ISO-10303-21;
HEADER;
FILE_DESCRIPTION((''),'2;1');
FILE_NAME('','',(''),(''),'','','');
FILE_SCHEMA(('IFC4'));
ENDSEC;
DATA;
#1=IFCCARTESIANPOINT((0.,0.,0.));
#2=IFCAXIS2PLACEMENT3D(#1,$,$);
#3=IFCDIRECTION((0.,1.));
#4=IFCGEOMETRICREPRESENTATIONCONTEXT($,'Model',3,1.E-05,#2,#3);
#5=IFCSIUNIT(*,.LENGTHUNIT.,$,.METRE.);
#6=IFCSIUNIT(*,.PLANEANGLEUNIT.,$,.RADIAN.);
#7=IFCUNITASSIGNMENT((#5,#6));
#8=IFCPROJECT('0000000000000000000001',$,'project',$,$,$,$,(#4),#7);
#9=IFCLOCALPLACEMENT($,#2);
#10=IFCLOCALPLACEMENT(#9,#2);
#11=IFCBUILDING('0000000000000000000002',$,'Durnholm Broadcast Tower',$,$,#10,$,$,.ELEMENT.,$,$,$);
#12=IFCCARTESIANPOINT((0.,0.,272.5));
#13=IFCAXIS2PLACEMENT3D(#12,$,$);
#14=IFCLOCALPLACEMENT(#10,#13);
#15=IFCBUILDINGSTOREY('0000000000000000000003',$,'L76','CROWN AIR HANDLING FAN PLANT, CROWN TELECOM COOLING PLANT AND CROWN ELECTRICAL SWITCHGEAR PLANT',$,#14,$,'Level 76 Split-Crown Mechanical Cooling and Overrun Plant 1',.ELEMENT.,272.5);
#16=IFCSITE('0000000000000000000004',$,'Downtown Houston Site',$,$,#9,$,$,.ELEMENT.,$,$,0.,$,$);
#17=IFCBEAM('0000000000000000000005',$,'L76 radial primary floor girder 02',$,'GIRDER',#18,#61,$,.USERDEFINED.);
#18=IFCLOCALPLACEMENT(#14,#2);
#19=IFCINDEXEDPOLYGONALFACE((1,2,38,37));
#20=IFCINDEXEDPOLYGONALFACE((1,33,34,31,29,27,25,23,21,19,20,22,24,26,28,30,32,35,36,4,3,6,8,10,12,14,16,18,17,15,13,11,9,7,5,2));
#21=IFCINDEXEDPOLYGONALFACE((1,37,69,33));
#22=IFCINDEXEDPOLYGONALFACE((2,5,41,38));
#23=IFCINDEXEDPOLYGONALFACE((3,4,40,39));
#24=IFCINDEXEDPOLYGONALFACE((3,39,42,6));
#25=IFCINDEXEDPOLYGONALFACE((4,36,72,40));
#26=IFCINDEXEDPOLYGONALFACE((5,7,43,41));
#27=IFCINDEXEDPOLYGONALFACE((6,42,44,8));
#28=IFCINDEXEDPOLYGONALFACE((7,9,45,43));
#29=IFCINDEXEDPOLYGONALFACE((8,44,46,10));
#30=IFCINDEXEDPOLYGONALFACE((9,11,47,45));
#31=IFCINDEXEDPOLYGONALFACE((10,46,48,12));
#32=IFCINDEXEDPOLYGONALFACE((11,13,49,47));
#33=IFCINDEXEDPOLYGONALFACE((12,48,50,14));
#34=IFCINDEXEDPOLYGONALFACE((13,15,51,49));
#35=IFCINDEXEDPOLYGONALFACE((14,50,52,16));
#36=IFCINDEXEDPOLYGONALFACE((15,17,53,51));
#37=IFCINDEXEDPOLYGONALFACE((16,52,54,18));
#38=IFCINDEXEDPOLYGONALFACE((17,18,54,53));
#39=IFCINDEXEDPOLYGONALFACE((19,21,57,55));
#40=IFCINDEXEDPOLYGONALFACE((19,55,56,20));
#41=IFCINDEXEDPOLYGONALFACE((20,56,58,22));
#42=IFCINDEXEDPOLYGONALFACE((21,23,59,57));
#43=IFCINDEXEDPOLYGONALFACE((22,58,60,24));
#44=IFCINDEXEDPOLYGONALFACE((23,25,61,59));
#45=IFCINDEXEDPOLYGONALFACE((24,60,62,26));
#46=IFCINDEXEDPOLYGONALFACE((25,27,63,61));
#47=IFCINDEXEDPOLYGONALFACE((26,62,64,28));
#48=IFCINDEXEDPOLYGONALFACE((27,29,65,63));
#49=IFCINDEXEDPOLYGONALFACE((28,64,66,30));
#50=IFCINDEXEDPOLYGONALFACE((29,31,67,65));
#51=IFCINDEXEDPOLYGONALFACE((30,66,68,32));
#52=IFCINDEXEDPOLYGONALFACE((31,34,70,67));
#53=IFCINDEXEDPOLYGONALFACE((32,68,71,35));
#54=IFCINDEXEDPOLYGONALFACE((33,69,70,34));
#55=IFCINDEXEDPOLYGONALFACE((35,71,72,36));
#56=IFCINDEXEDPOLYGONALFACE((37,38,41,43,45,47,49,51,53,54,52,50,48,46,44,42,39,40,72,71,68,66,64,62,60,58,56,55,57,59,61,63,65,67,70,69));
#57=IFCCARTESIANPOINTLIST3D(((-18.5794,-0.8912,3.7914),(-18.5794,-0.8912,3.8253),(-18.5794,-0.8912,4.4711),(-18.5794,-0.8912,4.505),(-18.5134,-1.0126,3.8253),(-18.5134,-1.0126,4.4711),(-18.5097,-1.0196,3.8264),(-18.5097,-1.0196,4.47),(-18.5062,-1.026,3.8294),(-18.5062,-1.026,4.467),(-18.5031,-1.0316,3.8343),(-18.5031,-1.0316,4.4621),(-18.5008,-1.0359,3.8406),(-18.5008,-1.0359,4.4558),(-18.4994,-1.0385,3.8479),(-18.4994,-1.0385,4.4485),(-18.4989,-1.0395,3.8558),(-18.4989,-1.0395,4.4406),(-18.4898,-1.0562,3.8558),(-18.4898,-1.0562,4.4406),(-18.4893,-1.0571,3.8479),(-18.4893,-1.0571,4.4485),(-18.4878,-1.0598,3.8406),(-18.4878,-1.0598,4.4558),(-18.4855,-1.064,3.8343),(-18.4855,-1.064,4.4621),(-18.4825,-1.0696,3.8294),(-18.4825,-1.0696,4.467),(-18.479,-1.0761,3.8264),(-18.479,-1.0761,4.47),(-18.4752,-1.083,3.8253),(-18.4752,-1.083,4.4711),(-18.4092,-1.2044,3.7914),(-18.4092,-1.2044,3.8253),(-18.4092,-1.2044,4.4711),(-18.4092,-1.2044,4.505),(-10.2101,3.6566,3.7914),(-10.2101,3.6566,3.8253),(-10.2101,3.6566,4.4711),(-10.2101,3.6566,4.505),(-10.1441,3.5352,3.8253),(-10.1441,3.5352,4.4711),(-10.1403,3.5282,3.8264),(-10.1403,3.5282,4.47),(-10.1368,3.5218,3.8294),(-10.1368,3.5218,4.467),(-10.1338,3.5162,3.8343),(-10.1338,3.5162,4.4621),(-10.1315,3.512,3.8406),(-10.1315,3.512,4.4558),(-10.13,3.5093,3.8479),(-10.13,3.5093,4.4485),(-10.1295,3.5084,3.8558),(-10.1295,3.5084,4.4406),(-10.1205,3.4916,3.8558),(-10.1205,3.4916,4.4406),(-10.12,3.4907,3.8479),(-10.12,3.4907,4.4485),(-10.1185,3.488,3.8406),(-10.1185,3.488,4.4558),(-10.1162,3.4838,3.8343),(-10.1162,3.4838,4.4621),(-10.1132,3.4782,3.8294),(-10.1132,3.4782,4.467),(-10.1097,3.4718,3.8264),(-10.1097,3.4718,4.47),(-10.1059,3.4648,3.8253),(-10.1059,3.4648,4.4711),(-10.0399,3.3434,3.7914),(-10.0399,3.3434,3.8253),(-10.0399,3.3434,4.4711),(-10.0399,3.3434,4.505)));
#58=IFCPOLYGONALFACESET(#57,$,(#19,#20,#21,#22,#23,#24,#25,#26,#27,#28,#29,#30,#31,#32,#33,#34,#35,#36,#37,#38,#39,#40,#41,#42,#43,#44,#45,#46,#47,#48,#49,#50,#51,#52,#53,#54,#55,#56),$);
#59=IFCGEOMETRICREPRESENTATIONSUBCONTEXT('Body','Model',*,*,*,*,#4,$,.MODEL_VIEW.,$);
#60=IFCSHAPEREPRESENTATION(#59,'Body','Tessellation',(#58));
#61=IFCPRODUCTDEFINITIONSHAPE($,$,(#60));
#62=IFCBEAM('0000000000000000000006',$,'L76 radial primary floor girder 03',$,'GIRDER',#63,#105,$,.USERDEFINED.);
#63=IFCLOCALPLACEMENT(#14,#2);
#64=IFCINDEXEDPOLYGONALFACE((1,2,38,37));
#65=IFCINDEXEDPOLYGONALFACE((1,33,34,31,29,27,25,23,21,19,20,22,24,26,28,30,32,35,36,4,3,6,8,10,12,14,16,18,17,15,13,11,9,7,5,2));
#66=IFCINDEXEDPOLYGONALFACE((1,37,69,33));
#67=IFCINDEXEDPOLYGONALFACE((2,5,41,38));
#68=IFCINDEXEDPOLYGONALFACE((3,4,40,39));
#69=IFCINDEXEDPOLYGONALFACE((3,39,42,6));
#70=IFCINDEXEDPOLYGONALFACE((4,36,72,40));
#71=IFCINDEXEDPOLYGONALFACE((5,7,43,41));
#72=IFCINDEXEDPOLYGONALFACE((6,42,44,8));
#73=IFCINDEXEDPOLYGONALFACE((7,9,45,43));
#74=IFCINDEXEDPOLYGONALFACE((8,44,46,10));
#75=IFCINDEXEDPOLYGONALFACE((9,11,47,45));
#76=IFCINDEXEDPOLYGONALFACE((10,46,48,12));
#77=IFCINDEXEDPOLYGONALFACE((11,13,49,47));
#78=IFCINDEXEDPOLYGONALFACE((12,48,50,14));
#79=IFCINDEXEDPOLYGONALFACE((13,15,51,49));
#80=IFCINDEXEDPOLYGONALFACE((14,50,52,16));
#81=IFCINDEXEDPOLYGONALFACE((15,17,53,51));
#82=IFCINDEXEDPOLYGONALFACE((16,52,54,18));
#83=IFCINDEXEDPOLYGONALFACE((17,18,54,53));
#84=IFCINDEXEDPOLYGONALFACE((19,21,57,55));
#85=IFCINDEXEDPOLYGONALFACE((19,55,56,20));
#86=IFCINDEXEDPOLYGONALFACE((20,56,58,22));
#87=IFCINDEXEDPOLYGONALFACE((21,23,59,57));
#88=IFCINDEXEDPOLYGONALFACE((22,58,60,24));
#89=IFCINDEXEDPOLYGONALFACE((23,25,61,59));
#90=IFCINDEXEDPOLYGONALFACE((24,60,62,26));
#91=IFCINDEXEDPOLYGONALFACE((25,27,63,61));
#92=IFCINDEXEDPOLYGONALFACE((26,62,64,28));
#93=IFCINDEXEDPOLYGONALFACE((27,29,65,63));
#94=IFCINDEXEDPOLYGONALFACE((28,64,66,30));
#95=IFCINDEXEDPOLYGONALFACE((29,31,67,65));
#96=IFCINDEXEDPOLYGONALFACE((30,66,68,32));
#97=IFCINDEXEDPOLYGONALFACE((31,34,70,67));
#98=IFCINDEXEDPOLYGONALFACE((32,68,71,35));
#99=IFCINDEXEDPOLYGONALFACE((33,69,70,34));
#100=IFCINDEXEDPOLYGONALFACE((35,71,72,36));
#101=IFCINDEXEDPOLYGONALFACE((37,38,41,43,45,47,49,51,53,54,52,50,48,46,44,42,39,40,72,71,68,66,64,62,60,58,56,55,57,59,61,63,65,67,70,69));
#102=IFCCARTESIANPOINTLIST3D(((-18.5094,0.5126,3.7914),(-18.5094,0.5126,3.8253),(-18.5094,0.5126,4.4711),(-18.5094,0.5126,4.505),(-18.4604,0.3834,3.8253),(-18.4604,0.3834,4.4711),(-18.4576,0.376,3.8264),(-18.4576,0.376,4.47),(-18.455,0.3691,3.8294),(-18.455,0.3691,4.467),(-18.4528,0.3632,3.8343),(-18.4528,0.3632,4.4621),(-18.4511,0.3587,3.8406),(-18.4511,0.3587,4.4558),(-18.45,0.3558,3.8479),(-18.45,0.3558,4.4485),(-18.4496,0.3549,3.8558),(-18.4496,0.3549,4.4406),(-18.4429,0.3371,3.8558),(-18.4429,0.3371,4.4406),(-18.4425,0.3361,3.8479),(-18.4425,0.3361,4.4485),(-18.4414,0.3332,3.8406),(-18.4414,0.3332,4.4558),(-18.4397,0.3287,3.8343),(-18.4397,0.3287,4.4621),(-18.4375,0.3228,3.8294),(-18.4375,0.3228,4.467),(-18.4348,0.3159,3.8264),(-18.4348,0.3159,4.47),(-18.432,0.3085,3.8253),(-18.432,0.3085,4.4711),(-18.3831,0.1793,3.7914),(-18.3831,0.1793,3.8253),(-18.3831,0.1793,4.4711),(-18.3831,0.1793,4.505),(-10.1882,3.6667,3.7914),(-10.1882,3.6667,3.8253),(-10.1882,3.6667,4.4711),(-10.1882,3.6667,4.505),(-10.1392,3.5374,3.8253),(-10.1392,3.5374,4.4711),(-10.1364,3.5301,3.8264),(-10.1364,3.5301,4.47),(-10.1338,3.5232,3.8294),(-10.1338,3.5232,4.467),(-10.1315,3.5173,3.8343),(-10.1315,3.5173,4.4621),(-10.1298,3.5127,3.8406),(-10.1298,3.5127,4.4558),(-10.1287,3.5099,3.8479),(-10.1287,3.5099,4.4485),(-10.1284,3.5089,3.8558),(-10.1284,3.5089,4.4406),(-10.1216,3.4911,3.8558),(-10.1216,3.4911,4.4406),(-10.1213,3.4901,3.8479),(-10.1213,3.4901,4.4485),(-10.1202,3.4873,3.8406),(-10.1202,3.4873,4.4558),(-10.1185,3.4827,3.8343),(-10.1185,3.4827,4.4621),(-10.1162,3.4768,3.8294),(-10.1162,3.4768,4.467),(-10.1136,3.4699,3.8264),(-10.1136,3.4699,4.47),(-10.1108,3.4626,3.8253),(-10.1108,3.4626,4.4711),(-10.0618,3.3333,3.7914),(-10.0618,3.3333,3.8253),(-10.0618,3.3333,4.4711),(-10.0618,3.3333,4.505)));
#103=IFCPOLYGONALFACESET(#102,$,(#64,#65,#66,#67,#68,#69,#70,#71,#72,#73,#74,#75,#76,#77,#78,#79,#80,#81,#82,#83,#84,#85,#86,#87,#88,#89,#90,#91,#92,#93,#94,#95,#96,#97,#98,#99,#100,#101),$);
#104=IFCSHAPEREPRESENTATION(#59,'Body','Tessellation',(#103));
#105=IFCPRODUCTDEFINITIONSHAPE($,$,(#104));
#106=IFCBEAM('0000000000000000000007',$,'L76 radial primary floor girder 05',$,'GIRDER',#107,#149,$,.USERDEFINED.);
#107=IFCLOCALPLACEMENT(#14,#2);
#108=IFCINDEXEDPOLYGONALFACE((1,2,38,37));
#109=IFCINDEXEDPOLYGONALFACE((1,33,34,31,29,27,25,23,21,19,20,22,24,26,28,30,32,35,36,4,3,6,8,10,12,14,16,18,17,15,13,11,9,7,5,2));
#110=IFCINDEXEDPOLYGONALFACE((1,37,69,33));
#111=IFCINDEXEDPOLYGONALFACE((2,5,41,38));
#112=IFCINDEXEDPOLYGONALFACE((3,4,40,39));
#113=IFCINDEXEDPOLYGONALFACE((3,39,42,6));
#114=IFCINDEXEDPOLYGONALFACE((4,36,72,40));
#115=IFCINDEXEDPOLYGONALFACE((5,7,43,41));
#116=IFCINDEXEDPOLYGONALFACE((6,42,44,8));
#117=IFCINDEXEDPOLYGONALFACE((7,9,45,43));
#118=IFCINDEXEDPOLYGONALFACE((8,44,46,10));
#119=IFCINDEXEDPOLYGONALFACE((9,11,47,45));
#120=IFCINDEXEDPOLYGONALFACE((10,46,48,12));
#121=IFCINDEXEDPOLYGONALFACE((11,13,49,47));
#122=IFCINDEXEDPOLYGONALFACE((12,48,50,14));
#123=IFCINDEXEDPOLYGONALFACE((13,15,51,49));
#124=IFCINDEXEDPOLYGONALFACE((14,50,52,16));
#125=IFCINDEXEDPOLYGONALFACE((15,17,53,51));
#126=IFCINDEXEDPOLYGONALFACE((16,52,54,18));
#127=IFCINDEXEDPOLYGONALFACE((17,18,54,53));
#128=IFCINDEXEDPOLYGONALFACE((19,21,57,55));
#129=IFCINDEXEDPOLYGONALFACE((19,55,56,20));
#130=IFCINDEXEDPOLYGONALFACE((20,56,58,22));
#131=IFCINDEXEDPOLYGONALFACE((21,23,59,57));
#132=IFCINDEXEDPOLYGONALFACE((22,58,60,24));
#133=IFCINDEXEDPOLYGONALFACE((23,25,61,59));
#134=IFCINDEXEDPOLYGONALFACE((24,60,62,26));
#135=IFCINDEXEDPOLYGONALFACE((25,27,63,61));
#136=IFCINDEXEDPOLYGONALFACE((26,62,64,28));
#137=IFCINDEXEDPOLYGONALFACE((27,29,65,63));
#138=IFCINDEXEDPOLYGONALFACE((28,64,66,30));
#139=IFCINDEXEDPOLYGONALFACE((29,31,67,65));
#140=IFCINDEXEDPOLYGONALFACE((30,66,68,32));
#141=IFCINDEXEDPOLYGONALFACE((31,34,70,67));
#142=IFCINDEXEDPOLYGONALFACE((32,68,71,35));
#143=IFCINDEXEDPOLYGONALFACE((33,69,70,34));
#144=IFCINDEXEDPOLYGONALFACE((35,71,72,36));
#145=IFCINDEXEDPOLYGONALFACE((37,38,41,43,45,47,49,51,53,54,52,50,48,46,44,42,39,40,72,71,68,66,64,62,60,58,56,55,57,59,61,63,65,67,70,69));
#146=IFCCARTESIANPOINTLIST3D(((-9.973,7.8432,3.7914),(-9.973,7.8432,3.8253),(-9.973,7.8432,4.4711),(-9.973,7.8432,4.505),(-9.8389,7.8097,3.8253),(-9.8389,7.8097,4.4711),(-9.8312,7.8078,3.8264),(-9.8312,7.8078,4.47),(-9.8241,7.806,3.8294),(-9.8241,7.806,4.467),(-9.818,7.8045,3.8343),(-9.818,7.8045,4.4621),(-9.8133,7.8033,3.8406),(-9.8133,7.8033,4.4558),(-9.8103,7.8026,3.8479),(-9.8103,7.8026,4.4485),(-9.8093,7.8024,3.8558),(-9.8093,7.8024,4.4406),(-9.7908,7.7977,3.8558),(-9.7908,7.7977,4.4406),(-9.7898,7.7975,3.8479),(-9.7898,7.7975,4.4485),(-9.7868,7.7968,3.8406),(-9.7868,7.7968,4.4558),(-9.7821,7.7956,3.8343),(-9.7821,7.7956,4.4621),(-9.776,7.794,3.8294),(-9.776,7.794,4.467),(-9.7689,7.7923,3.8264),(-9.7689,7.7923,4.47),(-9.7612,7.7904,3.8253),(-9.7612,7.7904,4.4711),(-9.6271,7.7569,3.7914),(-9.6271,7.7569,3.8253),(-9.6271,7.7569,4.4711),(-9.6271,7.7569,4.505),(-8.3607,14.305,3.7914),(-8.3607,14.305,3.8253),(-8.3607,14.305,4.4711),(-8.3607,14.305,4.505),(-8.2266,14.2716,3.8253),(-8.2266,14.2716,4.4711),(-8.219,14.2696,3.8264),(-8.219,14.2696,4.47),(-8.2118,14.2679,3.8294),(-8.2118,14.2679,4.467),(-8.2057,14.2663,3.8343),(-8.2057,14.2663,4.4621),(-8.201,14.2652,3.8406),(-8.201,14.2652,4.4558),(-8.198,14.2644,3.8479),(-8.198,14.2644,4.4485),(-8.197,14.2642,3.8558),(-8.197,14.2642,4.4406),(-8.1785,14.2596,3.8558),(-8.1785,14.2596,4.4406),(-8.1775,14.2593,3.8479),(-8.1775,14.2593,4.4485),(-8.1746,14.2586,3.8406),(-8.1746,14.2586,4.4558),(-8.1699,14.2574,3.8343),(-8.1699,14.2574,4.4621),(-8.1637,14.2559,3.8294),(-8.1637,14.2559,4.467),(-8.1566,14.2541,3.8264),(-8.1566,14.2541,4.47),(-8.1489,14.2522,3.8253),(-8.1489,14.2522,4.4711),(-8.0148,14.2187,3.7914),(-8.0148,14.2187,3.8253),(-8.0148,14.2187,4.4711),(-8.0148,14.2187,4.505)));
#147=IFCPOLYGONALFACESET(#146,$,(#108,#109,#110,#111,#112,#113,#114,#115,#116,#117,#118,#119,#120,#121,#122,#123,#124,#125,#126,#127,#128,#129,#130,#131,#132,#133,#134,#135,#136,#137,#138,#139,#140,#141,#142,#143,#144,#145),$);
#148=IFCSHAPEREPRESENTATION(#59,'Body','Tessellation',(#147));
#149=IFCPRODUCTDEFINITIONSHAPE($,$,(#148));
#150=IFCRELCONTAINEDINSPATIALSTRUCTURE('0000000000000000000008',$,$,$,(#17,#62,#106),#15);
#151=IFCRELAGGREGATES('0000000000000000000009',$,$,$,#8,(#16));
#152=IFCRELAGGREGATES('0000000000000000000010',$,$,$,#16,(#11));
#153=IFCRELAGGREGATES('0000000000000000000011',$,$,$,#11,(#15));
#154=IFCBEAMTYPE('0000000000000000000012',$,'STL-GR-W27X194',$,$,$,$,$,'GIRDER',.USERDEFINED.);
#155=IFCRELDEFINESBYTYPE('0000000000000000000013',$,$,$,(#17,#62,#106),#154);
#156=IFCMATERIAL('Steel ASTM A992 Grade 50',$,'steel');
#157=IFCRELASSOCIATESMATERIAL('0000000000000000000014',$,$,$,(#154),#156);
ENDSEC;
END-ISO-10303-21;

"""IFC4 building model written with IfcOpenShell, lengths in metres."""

from ifc_helpers import new_model, si_unit, direction, frame, origin, origin_2d, place, context, subcontext, project, spatial, i_section, extrude, source, transform, mapped, material, material_profile, profile_set, type_object, element, save


model = new_model("IFC4")

# Units and contexts
model_context = context("Model", 3, precision=1e-05, world=origin(), true_north=direction((0.0, 1.0)))
body_context = subcontext(model_context, "Body", "Model", "MODEL_VIEW")
ifc_project = project(units=[si_unit("LENGTHUNIT", "METRE"), si_unit("PLANEANGLEUNIT", "RADIAN")], contexts=[model_context])

# Site, building, storey
site_placement = place(None, origin())
site = spatial("IfcSite", under=ifc_project, at=site_placement, Name="Downtown Houston Site", CompositionType="ELEMENT", RefElevation=0.0)
building_placement = place(site_placement, origin())
building = spatial("IfcBuilding", under=site, at=building_placement, Name="Durnholm Broadcast Tower", CompositionType="ELEMENT")
storey_placement = place(building_placement, frame((0.0, 0.0, 272.5)))
storey = spatial("IfcBuildingStorey", under=building, at=storey_placement, Name="L76", Description="CROWN AIR HANDLING FAN PLANT, CROWN TELECOM COOLING PLANT AND CROWN ELECTRICAL SWITCHGEAR PLANT", LongName="Level 76 Split-Crown Mechanical Cooling and Overrun Plant 1", CompositionType="ELEMENT", Elevation=272.5)

# Beams
ifc_material_1 = material(Name="Steel ASTM A992 Grade 50", Category="steel")
ifc_material_profile_1 = material_profile(ifc_material_1, i_section(OverallWidth=0.3564, OverallDepth=0.7136, WebThickness=0.019, FlangeThickness=0.0339, FilletRadius=0.0305, at=origin_2d()), Name="W27X194")
ifc_profile_set_1 = profile_set([ifc_material_profile_1], Name="Steel ASTM A992 Grade 50")
beam_type_1 = type_object("IfcBeamType", Name="STL-GR-W27X194", ElementType="GIRDER", PredefinedType="USERDEFINED", material=ifc_profile_set_1)
shared_shape_1 = source(origin(), body_context, "Body", "SweptSolid", [
    extrude(i_section(OverallWidth=0.3564, OverallDepth=0.7136, WebThickness=0.019, FlangeThickness=0.0339, FilletRadius=0.0305, at=origin_2d()), origin(), (0.0, 0.0, 1.0), 9.5251),
])
beam_1_placement = place(storey_placement, frame((-10.125, 3.5, 4.1482), z_axis=(-0.878657, -0.477454, 0.0), x_axis=(0.477454, -0.878657, 0.0)))
element("IfcBeam", 1, at=beam_1_placement, inside=storey, type_object=beam_type_1, Name="L76 radial primary floor girder 02", ObjectType="GIRDER", PredefinedType="USERDEFINED", context=body_context, shape_type="MappedRepresentation", body=[
    mapped(shared_shape_1, transform((0.0, 0.0, 0.0), x_axis=(1.0, 0.0, 0.0), y_axis=(0.0, 1.0, 0.0), z_axis=(0.0, 0.0, 1.0), scale=1.0)),
])
shared_shape_2 = source(origin(), body_context, "Body", "SweptSolid", [
    extrude(i_section(OverallWidth=0.3564, OverallDepth=0.7136, WebThickness=0.019, FlangeThickness=0.0339, FilletRadius=0.0305, at=origin_2d()), origin(), (0.0, 0.0, 1.0), 8.8989),
])
beam_2_placement = place(storey_placement, frame((-10.125, 3.5, 4.1482), z_axis=(-0.935083, -0.354428, 0.0), x_axis=(0.354428, -0.935083, 0.0)))
element("IfcBeam", 2, at=beam_2_placement, inside=storey, type_object=beam_type_1, Name="L76 radial primary floor girder 03", ObjectType="GIRDER", PredefinedType="USERDEFINED", context=body_context, shape_type="MappedRepresentation", body=[
    mapped(shared_shape_2, transform((0.0, 0.0, 0.0), x_axis=(1.0, 0.0, 0.0), y_axis=(0.0, 1.0, 0.0), z_axis=(0.0, 0.0, 1.0), scale=1.0)),
])
shared_shape_3 = source(origin(), body_context, "Body", "SweptSolid", [
    extrude(i_section(OverallWidth=0.3564, OverallDepth=0.7136, WebThickness=0.019, FlangeThickness=0.0339, FilletRadius=0.0305, at=origin_2d()), origin(), (0.0, 0.0, 1.0), 6.6599),
])
beam_3_placement = place(storey_placement, frame((-9.8, 7.8, 4.1482), z_axis=(0.242087, 0.970255, 0.0), x_axis=(-0.970255, 0.242087, 0.0)))
element("IfcBeam", 3, at=beam_3_placement, inside=storey, type_object=beam_type_1, Name="L76 radial primary floor girder 05", ObjectType="GIRDER", PredefinedType="USERDEFINED", context=body_context, shape_type="MappedRepresentation", body=[
    mapped(shared_shape_3, transform((0.0, 0.0, 0.0), x_axis=(1.0, 0.0, 0.0), y_axis=(0.0, 1.0, 0.0), z_axis=(0.0, 0.0, 1.0), scale=1.0)),
])

save(model, "model.ifc")
